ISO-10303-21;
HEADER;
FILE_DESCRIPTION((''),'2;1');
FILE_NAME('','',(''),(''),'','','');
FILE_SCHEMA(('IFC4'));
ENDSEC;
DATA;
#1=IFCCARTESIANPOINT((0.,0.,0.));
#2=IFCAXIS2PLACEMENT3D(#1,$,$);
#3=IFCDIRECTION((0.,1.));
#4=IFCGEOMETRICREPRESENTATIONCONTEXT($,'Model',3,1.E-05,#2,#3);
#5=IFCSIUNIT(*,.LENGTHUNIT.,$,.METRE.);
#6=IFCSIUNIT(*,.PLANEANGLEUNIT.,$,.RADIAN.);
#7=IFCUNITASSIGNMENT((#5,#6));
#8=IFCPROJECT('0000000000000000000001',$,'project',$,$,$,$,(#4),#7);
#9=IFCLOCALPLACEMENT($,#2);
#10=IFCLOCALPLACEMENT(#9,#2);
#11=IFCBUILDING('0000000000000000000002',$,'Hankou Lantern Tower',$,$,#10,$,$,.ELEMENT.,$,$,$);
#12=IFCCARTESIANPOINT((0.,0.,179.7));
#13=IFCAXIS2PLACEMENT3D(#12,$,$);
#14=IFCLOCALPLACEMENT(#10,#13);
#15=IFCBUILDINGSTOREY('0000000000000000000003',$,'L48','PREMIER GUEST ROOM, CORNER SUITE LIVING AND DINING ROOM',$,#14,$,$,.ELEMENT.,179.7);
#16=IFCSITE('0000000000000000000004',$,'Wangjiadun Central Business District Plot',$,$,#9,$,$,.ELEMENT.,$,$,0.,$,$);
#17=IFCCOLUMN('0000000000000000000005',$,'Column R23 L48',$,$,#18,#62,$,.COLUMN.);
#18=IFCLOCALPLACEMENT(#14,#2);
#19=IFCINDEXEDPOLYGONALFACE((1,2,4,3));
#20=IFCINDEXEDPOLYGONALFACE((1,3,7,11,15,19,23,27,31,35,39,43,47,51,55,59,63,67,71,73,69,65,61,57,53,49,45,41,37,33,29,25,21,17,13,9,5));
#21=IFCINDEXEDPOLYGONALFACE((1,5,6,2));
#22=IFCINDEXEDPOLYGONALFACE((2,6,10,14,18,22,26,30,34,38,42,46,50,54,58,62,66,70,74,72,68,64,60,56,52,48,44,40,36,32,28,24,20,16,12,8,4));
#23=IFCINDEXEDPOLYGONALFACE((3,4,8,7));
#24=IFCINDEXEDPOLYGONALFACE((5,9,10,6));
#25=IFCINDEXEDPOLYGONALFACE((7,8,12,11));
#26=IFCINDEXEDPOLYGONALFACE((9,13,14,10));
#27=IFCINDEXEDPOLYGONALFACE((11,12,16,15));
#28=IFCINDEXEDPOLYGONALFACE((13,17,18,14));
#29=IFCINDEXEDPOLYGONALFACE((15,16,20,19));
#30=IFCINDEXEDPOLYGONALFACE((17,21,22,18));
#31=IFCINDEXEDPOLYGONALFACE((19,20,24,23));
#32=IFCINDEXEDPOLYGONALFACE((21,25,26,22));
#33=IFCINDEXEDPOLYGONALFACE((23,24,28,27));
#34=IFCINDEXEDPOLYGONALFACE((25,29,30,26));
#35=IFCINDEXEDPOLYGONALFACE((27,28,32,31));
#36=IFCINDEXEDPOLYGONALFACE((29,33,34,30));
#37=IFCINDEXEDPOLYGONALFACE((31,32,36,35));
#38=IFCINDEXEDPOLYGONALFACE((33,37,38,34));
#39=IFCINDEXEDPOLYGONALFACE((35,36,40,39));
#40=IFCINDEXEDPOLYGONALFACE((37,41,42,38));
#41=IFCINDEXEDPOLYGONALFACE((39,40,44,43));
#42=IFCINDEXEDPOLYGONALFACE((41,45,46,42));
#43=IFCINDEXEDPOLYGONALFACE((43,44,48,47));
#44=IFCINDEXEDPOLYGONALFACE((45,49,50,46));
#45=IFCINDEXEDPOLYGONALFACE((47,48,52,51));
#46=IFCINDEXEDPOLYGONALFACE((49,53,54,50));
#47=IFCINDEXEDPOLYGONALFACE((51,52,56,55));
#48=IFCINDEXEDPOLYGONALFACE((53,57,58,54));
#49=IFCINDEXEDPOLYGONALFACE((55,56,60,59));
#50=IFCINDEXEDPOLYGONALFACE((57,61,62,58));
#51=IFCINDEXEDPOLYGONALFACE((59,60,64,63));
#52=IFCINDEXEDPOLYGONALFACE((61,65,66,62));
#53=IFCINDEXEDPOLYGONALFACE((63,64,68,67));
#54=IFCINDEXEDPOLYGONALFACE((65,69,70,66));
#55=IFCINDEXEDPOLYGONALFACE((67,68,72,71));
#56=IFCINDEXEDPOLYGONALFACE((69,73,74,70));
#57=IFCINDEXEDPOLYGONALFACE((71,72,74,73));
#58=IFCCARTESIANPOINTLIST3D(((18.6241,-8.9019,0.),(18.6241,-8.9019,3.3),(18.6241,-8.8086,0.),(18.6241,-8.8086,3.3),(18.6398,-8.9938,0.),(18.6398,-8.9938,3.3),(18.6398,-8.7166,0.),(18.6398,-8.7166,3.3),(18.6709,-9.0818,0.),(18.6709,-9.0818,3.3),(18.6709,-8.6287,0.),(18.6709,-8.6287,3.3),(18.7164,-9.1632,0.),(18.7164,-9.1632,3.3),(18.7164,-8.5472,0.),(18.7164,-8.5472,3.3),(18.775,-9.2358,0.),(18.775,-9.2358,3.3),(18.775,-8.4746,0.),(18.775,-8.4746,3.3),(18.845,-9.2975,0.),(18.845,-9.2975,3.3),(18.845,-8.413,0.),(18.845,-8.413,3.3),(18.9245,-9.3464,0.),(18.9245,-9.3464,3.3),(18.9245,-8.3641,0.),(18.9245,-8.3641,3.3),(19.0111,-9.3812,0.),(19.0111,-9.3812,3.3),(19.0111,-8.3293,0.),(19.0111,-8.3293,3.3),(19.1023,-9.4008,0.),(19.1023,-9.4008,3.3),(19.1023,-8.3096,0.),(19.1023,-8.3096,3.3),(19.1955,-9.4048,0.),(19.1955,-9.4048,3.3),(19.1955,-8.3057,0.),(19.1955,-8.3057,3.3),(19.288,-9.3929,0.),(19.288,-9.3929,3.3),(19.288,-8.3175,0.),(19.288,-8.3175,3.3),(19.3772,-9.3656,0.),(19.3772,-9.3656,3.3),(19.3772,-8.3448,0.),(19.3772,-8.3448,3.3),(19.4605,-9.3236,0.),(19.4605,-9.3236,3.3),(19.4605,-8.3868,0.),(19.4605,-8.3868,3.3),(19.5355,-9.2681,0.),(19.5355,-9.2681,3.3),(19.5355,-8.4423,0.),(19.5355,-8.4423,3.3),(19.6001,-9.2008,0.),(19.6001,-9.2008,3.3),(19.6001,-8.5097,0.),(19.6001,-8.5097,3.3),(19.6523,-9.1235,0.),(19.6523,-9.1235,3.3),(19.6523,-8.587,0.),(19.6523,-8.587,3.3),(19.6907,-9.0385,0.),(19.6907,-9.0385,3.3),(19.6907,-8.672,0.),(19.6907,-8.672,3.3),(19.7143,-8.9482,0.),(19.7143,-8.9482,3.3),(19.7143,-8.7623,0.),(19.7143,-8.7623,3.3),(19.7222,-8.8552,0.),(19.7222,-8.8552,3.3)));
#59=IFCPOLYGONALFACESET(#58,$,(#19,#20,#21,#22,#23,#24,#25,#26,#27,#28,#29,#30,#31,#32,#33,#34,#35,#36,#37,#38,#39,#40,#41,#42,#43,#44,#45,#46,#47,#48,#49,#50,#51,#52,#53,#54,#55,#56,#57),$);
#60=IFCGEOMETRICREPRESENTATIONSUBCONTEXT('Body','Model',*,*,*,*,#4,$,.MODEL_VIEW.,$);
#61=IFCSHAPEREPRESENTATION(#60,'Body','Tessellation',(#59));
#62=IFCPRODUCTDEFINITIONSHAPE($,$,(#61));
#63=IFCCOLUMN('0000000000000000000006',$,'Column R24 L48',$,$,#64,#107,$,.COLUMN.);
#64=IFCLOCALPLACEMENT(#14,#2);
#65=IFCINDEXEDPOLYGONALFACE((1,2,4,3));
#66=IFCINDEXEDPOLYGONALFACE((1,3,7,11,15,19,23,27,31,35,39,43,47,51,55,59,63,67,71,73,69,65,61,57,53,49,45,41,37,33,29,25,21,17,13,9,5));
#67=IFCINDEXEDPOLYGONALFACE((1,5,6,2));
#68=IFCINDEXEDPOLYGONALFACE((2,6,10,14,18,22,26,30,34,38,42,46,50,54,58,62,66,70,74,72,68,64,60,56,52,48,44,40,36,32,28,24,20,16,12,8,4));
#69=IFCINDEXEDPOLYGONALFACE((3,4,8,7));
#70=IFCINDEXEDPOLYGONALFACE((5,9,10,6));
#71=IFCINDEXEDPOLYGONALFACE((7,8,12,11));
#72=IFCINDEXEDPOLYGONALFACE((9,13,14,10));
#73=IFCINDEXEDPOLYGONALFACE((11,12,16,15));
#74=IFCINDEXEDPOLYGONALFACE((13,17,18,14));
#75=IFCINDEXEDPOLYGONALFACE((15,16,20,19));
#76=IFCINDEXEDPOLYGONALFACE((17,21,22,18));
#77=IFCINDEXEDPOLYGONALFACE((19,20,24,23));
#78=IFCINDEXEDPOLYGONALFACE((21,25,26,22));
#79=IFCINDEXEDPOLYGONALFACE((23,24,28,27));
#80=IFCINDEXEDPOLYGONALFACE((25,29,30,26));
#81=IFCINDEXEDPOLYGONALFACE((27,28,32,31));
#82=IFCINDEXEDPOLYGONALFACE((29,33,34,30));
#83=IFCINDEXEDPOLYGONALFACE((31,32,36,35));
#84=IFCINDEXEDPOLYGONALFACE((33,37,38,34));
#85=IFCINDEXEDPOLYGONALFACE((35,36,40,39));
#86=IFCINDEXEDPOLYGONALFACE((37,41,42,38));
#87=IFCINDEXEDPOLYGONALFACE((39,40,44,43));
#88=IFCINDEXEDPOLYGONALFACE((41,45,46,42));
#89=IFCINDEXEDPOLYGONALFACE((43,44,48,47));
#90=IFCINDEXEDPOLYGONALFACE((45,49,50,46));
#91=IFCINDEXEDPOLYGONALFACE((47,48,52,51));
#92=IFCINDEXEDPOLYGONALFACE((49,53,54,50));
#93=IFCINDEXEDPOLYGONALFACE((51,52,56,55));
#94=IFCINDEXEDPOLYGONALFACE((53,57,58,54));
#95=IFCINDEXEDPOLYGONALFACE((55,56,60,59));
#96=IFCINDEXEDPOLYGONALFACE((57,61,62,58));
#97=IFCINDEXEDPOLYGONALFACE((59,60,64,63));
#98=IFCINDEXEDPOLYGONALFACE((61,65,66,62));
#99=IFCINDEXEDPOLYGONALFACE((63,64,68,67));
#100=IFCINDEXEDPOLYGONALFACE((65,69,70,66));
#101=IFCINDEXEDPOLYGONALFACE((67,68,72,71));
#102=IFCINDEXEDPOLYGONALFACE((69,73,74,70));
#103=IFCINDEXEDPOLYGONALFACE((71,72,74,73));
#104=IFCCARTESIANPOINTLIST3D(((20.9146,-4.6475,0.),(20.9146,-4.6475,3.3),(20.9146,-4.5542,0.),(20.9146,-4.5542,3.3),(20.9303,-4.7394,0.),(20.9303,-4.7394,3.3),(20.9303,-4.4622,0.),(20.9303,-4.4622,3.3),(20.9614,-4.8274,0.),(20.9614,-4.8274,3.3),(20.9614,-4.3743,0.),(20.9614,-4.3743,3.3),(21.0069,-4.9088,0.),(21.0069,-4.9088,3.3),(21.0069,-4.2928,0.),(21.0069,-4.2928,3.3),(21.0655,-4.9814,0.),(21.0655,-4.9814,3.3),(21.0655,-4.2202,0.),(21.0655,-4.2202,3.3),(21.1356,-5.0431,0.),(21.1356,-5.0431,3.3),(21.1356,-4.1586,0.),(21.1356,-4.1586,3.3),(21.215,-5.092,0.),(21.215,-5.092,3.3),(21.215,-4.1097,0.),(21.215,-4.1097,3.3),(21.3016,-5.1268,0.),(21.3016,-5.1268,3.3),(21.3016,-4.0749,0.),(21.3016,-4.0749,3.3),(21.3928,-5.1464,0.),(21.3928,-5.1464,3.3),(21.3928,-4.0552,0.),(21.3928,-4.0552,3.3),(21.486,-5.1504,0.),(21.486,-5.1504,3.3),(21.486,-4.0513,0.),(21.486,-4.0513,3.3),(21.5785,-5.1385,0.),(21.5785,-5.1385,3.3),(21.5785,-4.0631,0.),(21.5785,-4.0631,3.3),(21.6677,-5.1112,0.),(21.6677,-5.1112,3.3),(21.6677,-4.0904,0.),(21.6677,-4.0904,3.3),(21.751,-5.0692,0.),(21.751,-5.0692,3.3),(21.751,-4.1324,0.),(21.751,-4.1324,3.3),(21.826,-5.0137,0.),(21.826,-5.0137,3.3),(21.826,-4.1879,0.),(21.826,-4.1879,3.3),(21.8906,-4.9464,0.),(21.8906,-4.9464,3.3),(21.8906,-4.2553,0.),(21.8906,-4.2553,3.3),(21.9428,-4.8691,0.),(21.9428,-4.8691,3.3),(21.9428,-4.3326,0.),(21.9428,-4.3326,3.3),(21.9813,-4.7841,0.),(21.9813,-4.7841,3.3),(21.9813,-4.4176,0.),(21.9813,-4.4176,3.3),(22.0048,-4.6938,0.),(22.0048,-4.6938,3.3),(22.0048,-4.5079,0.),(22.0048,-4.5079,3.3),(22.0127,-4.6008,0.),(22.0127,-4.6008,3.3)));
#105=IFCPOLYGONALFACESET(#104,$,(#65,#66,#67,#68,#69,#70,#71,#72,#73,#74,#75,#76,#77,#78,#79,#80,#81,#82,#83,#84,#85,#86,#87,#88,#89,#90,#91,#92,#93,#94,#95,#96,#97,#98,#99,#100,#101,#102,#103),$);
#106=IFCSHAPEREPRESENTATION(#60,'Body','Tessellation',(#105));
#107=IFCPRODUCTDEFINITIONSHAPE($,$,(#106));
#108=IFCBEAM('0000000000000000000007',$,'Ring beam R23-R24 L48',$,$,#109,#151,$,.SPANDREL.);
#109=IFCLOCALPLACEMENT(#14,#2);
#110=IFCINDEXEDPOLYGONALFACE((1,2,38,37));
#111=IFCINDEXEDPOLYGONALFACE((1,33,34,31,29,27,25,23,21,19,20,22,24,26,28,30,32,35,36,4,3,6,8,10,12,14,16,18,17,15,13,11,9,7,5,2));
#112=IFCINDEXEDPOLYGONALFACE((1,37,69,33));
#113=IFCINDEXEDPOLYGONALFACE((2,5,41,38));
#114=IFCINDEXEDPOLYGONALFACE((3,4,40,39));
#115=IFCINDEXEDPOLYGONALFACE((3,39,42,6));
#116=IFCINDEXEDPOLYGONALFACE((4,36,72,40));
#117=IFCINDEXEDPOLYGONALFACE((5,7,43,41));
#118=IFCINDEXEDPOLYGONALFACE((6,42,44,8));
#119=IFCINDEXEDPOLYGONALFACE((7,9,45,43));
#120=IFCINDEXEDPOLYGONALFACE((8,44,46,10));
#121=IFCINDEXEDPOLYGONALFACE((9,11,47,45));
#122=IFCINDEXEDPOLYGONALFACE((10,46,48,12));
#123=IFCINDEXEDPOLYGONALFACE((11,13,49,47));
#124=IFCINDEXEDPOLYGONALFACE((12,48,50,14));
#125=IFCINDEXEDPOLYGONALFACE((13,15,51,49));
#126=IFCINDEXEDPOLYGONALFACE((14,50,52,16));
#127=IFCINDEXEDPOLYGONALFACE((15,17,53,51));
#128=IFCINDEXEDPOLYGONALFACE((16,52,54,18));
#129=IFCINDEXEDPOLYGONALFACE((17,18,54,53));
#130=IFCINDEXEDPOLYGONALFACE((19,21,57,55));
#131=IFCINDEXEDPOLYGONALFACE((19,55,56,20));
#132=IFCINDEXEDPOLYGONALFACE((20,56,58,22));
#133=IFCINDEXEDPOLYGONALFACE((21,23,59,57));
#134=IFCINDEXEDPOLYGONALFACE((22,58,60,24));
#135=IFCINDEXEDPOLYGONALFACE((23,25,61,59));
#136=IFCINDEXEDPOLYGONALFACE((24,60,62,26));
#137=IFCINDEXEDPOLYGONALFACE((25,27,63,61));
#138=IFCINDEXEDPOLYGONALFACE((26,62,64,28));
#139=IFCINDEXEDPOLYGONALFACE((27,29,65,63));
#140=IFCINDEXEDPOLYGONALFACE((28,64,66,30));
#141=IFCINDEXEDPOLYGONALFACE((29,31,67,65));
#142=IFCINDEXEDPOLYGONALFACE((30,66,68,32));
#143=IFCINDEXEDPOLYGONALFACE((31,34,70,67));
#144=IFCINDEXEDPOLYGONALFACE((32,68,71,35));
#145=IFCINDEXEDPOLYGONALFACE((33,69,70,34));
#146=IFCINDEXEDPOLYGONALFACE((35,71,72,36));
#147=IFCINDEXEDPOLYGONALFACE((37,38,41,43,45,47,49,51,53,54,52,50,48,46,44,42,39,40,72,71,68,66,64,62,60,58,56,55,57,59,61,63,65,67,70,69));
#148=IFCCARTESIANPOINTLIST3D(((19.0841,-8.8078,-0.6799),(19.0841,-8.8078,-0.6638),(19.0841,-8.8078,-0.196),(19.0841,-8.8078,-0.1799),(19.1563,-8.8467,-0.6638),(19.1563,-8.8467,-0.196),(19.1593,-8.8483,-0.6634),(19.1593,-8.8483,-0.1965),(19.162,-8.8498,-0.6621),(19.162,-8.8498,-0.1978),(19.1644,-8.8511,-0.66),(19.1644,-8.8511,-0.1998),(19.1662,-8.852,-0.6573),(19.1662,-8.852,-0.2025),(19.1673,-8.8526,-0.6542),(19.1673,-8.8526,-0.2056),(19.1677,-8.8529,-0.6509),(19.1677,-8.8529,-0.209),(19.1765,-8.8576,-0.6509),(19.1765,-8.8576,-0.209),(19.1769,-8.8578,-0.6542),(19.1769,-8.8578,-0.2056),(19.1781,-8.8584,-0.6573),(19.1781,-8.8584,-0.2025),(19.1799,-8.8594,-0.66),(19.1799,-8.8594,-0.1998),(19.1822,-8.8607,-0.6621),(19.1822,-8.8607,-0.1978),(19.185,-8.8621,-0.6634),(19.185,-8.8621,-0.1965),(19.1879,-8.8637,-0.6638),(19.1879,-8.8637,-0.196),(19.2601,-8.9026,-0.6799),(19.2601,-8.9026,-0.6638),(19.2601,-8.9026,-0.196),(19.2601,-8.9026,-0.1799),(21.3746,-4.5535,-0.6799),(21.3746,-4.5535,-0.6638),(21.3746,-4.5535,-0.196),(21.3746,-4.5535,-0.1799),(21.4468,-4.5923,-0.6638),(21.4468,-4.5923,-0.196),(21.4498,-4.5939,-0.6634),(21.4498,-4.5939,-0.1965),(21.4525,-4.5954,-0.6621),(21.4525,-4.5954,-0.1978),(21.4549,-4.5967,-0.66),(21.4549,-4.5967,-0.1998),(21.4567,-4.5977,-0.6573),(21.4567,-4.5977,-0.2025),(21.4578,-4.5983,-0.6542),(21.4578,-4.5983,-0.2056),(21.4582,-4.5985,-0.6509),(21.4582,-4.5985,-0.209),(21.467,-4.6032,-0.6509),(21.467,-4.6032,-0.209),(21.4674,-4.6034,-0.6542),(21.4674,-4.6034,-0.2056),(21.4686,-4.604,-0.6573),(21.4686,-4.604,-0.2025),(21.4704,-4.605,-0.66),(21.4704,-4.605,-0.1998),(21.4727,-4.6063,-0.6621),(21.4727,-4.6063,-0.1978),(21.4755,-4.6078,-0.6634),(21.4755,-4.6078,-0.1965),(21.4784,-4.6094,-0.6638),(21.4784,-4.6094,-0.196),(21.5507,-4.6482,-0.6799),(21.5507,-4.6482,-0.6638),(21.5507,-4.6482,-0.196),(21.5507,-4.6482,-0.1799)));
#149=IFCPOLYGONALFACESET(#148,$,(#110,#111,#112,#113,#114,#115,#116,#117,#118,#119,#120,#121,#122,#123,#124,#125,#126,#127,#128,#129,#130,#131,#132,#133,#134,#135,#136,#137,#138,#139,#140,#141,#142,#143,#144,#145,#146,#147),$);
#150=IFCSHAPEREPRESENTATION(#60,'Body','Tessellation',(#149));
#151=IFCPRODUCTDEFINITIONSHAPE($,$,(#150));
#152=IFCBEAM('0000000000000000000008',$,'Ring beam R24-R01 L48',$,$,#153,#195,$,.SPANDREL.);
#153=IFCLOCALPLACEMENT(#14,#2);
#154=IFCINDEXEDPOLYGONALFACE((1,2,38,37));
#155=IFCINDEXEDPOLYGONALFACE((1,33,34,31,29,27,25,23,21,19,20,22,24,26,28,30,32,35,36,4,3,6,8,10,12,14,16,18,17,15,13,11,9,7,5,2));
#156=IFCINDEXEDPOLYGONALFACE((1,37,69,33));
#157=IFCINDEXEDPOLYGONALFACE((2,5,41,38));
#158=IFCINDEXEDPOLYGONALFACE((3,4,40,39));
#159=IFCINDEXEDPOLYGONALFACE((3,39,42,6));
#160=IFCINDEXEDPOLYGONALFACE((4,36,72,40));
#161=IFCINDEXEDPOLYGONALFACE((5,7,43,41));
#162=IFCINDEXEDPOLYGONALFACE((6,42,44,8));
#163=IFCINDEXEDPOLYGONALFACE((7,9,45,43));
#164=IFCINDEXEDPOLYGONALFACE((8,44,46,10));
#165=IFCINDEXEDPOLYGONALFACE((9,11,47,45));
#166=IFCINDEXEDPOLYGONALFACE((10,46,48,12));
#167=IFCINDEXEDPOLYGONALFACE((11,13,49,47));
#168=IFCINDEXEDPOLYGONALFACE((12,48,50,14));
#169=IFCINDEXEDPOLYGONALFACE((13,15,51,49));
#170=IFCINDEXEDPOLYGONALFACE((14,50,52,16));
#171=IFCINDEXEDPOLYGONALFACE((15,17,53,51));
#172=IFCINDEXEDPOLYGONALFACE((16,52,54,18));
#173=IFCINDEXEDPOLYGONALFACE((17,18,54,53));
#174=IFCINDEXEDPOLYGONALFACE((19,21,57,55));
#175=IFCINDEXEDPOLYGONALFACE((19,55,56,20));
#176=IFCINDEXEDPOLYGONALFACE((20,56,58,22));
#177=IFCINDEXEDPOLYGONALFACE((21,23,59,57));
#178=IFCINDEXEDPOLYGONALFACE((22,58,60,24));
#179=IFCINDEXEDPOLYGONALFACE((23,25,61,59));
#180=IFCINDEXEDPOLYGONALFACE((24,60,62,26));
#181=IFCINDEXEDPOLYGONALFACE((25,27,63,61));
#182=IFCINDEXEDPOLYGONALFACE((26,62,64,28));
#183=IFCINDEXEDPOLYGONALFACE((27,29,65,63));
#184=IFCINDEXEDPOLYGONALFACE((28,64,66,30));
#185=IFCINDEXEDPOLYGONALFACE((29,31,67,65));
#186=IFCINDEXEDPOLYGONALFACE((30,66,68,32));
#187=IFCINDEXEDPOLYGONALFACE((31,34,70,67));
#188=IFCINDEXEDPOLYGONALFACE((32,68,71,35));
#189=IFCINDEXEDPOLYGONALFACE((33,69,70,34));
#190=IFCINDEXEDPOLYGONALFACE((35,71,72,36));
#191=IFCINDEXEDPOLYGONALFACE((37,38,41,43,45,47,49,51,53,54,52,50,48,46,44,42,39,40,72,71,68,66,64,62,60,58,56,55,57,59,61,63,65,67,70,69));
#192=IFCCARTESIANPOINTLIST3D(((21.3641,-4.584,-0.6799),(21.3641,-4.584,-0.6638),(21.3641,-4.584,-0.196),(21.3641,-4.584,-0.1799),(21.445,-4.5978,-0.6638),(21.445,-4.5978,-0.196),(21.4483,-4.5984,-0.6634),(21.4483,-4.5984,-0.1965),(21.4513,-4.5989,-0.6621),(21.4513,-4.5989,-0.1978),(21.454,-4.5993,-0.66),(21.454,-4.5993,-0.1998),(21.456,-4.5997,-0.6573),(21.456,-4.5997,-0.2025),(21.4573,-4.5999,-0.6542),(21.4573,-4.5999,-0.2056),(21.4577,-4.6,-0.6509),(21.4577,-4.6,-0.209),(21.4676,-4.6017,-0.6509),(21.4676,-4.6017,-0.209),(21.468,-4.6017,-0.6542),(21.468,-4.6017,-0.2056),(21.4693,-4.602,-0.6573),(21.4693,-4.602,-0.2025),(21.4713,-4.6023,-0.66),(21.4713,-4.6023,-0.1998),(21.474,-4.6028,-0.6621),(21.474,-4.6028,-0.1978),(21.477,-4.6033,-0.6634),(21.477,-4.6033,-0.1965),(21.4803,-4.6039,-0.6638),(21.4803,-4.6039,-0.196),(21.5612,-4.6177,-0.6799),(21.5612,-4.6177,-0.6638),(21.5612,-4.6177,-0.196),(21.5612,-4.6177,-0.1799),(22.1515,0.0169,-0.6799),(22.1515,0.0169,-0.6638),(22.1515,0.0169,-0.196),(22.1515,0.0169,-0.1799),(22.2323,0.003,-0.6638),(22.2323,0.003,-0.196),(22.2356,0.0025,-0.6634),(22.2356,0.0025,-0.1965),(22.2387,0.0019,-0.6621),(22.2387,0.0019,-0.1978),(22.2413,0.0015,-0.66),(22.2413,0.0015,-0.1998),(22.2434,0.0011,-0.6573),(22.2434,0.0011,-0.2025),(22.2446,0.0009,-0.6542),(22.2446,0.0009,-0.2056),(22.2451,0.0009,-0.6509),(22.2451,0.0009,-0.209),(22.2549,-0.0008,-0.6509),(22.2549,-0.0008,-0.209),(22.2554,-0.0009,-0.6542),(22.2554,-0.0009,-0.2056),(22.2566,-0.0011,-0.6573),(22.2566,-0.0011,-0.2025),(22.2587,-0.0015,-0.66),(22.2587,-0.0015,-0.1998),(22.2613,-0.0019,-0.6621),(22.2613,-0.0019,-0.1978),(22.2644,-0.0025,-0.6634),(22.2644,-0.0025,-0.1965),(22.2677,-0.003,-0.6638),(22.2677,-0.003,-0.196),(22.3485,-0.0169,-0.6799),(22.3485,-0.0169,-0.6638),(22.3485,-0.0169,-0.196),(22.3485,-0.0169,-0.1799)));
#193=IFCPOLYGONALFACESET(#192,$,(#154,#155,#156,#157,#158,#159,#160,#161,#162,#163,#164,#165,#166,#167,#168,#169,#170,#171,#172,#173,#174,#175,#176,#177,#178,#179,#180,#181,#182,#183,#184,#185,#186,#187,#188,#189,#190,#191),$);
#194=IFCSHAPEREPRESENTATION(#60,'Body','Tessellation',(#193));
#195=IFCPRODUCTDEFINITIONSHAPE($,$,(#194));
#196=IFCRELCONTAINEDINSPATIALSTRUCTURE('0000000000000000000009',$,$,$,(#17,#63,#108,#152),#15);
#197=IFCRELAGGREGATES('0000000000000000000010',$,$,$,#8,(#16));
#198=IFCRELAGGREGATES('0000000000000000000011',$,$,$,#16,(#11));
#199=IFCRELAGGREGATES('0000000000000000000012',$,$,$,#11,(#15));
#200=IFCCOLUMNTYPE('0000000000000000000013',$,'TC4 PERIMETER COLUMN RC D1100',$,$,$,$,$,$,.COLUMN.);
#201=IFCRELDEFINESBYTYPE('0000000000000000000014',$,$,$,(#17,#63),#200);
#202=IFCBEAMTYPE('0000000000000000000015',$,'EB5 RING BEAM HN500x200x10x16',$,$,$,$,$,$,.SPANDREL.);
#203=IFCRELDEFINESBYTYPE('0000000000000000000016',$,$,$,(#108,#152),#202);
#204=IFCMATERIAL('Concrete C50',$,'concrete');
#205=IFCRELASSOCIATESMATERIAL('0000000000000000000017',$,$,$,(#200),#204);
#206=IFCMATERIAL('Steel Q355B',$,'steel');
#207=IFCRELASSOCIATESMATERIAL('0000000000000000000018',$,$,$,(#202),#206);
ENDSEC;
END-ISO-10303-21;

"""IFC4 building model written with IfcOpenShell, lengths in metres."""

from ifc_helpers import new_model, si_unit, direction, frame, origin, origin_2d, place, context, subcontext, project, spatial, circle, i_section, extrude, material, material_profile, profile_set, type_object, element, save


model = new_model("IFC4")

# Units and contexts
model_context = context("Model", 3, precision=1e-05, world=origin(), true_north=direction((0.0, 1.0)))
body_context = subcontext(model_context, "Body", "Model", "MODEL_VIEW")
ifc_project = project(units=[si_unit("LENGTHUNIT", "METRE"), si_unit("PLANEANGLEUNIT", "RADIAN")], contexts=[model_context])

# Site, building, storey
site_placement = place(None, origin())
site = spatial("IfcSite", under=ifc_project, at=site_placement, Name="Wangjiadun Central Business District Plot", CompositionType="ELEMENT", RefElevation=0.0)
building_placement = place(site_placement, origin())
building = spatial("IfcBuilding", under=site, at=building_placement, Name="Hankou Lantern Tower", CompositionType="ELEMENT")
storey_placement = place(building_placement, frame((0.0, 0.0, 179.7)))
storey = spatial("IfcBuildingStorey", under=building, at=storey_placement, Name="L48", Description="PREMIER GUEST ROOM, CORNER SUITE LIVING AND DINING ROOM", CompositionType="ELEMENT", Elevation=179.7)

# Columns
ifc_material_1 = material(Name="Concrete C50", Category="concrete")
ifc_material_profile_1 = material_profile(ifc_material_1, circle(Radius=0.55, at=origin_2d()), Name="RC D1100")
ifc_profile_set_1 = profile_set([ifc_material_profile_1], Name="Concrete C50")
column_type = type_object("IfcColumnType", Name="TC4 PERIMETER COLUMN RC D1100", PredefinedType="COLUMN", material=ifc_profile_set_1)
for number, where, z_axis, x_axis, name in (
    (1, (19.1721, -8.8552, 0.0), (0.0, 0.0, 1.0), (1.0, 0.0, 0.0), "Column R23 L48"),
    (2, (21.4626, -4.6008, 0.0), (0.0, 0.0, 1.0), (1.0, 0.0, 0.0), "Column R24 L48"),
):
    element("IfcColumn", number, at=place(storey_placement, frame(where, z_axis=z_axis, x_axis=x_axis)), inside=storey, type_object=column_type, Name=name, PredefinedType="COLUMN", context=body_context, shape_type="SweptSolid", body=[
        extrude(circle(Radius=0.55, at=origin_2d()), origin(), (0.0, 0.0, 1.0), 3.3),
    ])

# Beams
ifc_material_2 = material(Name="Steel Q355B", Category="steel")
ifc_material_profile_2 = material_profile(ifc_material_2, i_section(OverallWidth=0.2, OverallDepth=0.5, WebThickness=0.01, FlangeThickness=0.0161, FilletRadius=0.0129, at=origin_2d()), Name="HN500x200x10x16")
ifc_profile_set_2 = profile_set([ifc_material_profile_2], Name="Steel Q355B")
beam_type_1 = type_object("IfcBeamType", Name="EB5 RING BEAM HN500x200x10x16", PredefinedType="SPANDREL", material=ifc_profile_set_2)
beam_1_placement = place(storey_placement, frame((19.1721, -8.8552, -0.4299), z_axis=(0.474052, 0.880497, 0.0), x_axis=(-0.880497, 0.474052, 0.0)))
element("IfcBeam", 3, at=beam_1_placement, inside=storey, type_object=beam_type_1, Name="Ring beam R23-R24 L48", PredefinedType="SPANDREL", context=body_context, shape_type="SweptSolid", body=[
    extrude(i_section(OverallWidth=0.2, OverallDepth=0.5, WebThickness=0.01, FlangeThickness=0.0161, FilletRadius=0.0129, at=origin_2d()), origin(), (0.0, 0.0, 1.0), 4.8318),
])
beam_2_placement = place(storey_placement, frame((21.4626, -4.6008, -0.4299), z_axis=(0.168681, 0.985671, 0.0), x_axis=(-0.985671, 0.168681, 0.0)))
element("IfcBeam", 4, at=beam_2_placement, inside=storey, type_object=beam_type_1, Name="Ring beam R24-R01 L48", PredefinedType="SPANDREL", context=body_context, shape_type="SweptSolid", body=[
    extrude(i_section(OverallWidth=0.2, OverallDepth=0.5, WebThickness=0.01, FlangeThickness=0.0161, FilletRadius=0.0129, at=origin_2d()), origin(), (0.0, 0.0, 1.0), 4.6677),
])

save(model, "model.ifc")
